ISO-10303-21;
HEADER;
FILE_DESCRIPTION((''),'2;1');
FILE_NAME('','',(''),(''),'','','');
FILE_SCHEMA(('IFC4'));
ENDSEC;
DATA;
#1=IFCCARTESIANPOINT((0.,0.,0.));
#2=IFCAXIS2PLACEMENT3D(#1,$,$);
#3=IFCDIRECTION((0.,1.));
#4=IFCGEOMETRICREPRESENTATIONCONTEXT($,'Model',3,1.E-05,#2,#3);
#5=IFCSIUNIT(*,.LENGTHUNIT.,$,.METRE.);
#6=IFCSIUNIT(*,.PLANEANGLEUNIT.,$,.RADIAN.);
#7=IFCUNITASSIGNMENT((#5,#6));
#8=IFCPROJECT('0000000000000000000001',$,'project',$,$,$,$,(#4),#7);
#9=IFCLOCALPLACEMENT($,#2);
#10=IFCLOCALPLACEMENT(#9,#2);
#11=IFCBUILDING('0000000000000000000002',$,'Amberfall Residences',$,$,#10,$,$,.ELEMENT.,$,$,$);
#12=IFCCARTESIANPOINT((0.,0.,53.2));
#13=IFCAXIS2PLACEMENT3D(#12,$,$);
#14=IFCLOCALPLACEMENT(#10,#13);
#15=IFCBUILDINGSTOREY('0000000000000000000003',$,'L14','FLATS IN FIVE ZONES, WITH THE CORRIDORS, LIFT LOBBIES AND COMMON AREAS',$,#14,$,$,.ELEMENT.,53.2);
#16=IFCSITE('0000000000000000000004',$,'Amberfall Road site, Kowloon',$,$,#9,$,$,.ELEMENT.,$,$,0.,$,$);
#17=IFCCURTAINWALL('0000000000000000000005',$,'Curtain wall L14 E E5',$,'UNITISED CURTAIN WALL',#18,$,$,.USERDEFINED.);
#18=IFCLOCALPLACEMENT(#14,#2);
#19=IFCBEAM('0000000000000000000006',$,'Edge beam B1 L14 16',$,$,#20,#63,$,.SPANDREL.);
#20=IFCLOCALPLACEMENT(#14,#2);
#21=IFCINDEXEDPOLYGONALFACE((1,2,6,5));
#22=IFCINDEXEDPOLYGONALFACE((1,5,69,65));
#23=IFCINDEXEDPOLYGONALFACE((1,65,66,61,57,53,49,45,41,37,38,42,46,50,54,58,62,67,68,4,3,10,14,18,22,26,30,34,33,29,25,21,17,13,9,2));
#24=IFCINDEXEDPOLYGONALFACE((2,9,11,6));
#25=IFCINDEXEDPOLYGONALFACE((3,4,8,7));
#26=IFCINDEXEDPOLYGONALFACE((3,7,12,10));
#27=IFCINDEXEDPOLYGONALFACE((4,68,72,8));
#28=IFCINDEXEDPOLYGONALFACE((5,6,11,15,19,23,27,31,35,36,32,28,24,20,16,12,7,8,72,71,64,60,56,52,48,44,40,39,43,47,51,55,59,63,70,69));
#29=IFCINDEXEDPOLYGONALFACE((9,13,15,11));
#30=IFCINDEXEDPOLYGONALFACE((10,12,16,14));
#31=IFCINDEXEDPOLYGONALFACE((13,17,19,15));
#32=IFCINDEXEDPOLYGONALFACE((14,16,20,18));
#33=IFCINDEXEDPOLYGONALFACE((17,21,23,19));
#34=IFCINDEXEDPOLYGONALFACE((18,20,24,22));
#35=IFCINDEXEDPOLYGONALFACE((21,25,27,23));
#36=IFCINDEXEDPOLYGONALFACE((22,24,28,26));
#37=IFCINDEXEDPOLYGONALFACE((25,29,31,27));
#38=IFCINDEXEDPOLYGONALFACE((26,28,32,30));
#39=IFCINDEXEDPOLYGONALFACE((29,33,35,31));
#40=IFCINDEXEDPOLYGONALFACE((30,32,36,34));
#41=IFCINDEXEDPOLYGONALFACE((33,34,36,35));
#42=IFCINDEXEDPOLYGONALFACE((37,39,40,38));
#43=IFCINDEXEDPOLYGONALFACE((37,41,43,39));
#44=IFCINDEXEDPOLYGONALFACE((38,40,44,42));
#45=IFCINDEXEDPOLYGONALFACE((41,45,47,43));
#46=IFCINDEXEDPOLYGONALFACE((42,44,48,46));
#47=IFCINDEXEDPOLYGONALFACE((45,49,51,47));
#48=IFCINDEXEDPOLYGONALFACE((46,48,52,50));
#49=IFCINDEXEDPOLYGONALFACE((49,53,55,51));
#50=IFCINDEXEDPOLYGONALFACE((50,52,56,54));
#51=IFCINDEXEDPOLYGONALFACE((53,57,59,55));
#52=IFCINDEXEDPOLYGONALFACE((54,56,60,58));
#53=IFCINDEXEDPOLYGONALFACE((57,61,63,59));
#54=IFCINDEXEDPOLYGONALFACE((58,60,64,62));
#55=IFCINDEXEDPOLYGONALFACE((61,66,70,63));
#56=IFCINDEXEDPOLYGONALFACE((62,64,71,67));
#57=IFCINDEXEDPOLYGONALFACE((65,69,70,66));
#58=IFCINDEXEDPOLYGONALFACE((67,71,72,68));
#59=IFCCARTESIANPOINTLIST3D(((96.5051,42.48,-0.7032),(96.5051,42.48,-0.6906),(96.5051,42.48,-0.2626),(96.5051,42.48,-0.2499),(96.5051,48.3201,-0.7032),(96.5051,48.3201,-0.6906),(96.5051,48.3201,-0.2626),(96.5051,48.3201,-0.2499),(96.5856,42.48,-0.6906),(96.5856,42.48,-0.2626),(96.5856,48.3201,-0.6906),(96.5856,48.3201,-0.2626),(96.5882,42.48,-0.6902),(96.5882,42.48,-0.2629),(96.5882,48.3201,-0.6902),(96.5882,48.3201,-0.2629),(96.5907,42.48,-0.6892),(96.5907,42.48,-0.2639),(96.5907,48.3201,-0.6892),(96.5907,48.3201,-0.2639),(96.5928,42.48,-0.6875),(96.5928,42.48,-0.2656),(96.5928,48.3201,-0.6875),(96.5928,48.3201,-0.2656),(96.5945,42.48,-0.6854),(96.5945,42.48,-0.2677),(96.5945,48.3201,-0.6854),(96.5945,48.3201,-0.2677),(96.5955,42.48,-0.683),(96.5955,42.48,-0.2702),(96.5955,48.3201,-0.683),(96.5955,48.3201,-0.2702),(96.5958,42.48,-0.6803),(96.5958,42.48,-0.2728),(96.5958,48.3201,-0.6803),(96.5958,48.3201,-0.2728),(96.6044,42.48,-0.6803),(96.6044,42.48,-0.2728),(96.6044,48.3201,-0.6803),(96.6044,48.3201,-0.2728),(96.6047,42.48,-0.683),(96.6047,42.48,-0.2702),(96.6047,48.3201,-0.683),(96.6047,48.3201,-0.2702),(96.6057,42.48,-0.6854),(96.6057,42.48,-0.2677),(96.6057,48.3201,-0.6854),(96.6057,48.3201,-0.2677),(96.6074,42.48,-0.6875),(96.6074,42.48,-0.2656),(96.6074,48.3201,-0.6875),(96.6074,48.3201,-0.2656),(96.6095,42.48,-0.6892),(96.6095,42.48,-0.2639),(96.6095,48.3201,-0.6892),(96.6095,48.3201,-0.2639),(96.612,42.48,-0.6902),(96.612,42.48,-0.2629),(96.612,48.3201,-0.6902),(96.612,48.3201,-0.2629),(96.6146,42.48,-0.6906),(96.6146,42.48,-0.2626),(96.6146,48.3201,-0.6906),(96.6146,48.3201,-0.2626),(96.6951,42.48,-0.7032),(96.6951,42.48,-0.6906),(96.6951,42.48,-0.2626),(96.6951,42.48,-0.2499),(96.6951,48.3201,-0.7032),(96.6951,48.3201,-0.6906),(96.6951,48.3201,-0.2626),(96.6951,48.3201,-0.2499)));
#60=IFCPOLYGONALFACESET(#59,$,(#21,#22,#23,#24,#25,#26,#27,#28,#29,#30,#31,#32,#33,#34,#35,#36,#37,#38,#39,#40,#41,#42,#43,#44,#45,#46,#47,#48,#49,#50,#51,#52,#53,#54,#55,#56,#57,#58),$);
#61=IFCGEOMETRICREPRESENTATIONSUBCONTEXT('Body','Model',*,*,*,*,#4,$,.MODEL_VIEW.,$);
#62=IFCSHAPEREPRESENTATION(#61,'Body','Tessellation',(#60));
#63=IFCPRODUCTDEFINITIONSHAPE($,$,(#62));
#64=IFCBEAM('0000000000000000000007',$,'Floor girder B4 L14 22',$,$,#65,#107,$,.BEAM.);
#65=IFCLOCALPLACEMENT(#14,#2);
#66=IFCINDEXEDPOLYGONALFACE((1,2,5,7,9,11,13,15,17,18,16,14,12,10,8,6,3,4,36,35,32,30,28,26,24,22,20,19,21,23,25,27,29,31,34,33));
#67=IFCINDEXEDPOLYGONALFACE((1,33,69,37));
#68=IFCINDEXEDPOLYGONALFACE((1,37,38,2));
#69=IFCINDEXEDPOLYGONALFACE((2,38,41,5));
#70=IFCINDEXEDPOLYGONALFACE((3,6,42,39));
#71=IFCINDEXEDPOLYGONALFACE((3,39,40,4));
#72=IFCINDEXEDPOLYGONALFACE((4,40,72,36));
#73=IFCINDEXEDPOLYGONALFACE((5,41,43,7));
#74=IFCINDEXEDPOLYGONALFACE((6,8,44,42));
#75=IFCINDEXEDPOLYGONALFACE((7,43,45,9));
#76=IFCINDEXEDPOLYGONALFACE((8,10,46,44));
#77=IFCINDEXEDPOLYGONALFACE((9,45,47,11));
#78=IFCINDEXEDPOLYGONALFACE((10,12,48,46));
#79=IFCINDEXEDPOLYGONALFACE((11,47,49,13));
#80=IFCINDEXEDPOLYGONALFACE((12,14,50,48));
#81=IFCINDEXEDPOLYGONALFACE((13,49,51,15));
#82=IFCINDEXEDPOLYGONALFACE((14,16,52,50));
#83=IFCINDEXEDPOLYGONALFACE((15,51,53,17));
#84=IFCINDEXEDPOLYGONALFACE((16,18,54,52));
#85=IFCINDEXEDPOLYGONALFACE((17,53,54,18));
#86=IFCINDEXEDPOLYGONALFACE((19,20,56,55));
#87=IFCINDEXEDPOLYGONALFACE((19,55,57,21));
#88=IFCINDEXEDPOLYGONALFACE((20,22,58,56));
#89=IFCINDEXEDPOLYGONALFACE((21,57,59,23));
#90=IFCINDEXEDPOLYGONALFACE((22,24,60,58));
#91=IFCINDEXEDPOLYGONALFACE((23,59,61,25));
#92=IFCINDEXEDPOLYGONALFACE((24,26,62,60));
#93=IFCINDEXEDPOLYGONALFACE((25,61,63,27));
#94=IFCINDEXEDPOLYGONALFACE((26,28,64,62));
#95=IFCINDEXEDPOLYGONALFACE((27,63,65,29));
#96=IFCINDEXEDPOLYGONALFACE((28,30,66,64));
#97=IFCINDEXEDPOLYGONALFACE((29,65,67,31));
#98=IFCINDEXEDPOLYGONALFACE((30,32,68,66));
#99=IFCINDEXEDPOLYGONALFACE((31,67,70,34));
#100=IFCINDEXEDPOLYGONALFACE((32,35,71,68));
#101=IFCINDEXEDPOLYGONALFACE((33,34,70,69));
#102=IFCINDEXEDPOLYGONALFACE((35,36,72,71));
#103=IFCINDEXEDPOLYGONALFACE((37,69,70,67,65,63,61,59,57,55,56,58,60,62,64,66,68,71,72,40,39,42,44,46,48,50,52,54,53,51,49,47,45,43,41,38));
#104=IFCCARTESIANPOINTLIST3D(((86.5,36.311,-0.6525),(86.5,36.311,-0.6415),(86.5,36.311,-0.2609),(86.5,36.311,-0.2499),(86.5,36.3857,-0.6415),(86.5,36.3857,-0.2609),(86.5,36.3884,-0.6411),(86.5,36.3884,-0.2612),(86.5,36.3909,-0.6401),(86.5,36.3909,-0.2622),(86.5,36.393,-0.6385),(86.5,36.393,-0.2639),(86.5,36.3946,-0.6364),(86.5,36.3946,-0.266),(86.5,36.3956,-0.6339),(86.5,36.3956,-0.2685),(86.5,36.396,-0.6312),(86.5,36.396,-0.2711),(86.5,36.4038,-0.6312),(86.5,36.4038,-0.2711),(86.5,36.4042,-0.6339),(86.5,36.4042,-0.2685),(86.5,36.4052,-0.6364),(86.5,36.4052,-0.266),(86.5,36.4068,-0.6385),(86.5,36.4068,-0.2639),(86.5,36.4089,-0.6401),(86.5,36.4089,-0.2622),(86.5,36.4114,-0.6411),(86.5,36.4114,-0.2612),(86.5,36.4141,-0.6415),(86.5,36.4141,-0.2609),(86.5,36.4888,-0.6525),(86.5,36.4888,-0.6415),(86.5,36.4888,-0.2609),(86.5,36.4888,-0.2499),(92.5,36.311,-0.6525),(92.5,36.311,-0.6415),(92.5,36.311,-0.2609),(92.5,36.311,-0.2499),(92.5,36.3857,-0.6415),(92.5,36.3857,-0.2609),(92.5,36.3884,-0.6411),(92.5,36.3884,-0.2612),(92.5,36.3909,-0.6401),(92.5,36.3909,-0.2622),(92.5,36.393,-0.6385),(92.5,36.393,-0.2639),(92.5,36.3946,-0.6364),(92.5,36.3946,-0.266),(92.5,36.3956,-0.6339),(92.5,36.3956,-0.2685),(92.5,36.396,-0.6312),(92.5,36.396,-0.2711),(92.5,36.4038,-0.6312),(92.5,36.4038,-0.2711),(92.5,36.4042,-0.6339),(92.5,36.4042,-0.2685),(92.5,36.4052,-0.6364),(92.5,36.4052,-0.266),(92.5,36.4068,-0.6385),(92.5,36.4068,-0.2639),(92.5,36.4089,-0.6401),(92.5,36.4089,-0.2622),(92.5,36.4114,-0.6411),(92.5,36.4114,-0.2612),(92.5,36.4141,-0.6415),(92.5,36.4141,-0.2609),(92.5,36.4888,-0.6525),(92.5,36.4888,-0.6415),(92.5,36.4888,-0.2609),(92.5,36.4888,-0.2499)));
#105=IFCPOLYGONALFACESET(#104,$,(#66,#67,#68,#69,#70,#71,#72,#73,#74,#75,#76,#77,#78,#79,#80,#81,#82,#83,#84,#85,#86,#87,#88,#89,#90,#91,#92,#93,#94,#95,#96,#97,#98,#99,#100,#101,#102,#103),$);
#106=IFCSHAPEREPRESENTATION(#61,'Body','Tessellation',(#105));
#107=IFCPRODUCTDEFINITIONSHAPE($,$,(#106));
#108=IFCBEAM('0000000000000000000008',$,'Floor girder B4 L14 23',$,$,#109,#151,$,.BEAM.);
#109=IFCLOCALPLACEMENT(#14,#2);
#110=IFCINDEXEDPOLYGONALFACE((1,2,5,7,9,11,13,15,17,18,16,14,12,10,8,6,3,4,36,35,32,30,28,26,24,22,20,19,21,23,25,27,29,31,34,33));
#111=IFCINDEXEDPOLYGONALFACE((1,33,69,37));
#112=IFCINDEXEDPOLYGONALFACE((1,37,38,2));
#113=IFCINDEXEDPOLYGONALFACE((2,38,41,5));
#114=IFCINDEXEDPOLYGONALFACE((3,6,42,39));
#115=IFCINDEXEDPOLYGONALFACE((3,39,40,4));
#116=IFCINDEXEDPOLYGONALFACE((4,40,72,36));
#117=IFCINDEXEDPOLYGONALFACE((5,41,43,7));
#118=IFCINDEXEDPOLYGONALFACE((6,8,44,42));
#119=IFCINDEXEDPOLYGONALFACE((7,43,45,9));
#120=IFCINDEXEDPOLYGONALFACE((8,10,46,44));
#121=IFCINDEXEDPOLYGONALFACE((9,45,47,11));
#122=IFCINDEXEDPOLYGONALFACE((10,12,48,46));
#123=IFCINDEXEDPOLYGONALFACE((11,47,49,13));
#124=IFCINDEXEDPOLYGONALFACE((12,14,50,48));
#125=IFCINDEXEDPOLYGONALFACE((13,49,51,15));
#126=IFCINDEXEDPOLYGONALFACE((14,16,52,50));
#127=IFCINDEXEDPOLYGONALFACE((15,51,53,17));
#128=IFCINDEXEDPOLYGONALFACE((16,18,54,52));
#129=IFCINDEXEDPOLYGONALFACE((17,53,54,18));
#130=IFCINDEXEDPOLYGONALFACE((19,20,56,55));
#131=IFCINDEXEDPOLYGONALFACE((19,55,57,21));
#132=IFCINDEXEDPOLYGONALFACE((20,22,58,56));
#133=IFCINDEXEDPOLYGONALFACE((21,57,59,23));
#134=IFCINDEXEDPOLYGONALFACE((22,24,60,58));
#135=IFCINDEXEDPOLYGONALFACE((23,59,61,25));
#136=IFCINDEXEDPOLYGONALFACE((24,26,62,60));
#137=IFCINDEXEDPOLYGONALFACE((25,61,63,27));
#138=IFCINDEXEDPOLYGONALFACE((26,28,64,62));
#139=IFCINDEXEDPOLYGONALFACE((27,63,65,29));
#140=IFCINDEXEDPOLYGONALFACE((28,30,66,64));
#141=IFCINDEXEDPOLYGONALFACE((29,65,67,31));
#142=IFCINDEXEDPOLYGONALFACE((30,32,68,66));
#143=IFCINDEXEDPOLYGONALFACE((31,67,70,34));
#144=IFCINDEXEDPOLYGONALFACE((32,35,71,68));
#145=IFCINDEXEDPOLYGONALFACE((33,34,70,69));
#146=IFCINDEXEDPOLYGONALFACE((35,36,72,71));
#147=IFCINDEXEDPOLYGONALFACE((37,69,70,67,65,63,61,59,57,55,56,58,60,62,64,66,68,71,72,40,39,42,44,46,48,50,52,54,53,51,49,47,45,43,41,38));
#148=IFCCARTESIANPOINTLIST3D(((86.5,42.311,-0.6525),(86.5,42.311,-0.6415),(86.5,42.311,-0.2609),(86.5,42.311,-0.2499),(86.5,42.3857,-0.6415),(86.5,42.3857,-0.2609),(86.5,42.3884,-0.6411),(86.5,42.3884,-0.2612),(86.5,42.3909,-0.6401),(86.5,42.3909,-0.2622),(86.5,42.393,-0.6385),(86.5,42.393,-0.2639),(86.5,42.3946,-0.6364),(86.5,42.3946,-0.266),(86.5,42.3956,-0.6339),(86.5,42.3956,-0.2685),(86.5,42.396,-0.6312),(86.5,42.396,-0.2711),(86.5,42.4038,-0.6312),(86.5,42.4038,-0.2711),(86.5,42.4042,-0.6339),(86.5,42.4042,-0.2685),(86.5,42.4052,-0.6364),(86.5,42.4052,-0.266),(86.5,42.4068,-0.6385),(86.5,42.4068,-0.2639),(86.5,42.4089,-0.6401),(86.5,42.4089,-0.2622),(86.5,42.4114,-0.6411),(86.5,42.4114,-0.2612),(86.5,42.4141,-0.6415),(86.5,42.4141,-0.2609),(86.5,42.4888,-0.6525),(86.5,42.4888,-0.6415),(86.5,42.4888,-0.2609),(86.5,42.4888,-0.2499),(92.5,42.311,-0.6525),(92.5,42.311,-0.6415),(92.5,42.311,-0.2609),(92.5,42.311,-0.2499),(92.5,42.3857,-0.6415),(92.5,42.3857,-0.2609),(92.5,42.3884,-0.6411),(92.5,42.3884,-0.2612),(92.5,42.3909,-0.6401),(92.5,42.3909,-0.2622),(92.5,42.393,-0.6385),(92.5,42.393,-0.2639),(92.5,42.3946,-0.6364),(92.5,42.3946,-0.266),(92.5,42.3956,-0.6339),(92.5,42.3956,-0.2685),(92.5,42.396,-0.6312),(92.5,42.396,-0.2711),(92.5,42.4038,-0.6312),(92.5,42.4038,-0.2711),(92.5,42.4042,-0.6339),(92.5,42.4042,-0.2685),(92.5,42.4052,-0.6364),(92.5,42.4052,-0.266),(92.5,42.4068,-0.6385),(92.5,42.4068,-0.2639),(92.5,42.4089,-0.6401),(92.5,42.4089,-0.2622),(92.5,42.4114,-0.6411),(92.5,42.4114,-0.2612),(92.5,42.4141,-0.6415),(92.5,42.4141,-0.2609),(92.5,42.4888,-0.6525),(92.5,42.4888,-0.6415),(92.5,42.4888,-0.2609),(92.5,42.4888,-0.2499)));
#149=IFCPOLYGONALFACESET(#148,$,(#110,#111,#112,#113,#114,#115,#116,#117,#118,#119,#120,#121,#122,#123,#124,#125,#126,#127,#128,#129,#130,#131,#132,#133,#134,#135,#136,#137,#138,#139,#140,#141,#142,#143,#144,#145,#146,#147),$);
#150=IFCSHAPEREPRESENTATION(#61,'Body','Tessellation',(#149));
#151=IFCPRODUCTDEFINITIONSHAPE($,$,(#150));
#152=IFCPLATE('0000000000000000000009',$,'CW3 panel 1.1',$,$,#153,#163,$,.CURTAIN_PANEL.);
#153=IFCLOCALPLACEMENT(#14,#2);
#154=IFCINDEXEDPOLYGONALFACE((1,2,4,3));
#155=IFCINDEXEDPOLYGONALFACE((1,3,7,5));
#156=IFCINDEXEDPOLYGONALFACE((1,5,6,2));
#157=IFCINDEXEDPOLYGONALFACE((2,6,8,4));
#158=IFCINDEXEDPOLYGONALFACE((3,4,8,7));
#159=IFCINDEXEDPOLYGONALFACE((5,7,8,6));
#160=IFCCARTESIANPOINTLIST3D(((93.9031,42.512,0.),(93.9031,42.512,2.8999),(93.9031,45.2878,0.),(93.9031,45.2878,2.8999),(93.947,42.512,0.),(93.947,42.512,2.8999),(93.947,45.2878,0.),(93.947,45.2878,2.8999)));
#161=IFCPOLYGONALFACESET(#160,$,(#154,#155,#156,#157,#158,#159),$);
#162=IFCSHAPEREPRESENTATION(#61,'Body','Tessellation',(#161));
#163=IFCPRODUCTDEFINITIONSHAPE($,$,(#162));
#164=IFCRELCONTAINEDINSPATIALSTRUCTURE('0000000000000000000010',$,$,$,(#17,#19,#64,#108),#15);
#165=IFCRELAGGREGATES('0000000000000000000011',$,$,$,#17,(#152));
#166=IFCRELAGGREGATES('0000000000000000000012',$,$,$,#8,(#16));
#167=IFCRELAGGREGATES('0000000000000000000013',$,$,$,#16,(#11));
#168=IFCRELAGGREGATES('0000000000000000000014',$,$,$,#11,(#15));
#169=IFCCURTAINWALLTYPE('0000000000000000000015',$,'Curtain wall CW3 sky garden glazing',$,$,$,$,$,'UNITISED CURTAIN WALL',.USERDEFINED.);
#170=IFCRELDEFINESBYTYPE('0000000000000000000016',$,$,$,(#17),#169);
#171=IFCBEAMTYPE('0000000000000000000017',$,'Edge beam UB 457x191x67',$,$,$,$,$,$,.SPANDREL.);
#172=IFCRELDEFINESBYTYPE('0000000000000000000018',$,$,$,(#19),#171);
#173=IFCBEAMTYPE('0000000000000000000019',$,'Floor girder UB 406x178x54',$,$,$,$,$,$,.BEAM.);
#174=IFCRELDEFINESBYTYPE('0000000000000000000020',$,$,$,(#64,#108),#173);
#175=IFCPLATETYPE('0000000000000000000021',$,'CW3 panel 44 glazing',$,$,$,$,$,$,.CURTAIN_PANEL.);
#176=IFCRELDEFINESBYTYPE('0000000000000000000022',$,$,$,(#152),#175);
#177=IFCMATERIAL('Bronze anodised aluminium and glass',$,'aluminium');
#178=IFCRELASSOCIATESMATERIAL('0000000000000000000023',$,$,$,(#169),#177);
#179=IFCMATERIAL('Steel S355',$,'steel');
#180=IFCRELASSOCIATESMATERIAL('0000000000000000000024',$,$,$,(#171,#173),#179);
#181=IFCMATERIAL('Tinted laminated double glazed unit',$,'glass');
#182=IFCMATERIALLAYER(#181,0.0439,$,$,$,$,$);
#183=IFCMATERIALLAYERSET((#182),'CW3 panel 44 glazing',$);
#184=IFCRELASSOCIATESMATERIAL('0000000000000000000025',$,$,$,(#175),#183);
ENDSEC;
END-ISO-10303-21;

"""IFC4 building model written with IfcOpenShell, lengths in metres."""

from ifc_helpers import new_model, si_unit, direction, frame, origin, origin_2d, place, context, subcontext, project, spatial, rectangle, i_section, extrude, material, layer, layer_set, material_profile, profile_set, type_object, element, aggregate, save


model = new_model("IFC4")

# Units and contexts
model_context = context("Model", 3, precision=1e-05, world=origin(), true_north=direction((0.0, 1.0)))
body_context = subcontext(model_context, "Body", "Model", "MODEL_VIEW")
ifc_project = project(units=[si_unit("LENGTHUNIT", "METRE"), si_unit("PLANEANGLEUNIT", "RADIAN")], contexts=[model_context])

# Site, building, storey
site_placement = place(None, origin())
site = spatial("IfcSite", under=ifc_project, at=site_placement, Name="Amberfall Road site, Kowloon", CompositionType="ELEMENT", RefElevation=0.0)
building_placement = place(site_placement, origin())
building = spatial("IfcBuilding", under=site, at=building_placement, Name="Amberfall Residences", CompositionType="ELEMENT")
storey_placement = place(building_placement, frame((0.0, 0.0, 53.2)))
storey = spatial("IfcBuildingStorey", under=building, at=storey_placement, Name="L14", Description="FLATS IN FIVE ZONES, WITH THE CORRIDORS, LIFT LOBBIES AND COMMON AREAS", CompositionType="ELEMENT", Elevation=53.2)

# Curtain wall
ifc_material_1 = material(Name="Bronze anodised aluminium and glass", Category="aluminium")
curtain_wall_type = type_object("IfcCurtainWallType", Name="Curtain wall CW3 sky garden glazing", ElementType="UNITISED CURTAIN WALL", PredefinedType="USERDEFINED", material=ifc_material_1)
curtain_wall_placement = place(storey_placement, origin())
curtain_wall = element("IfcCurtainWall", 1, at=curtain_wall_placement, inside=storey, type_object=curtain_wall_type, Name="Curtain wall L14 E E5", ObjectType="UNITISED CURTAIN WALL", PredefinedType="USERDEFINED")

# Beams
ifc_material_2 = material(Name="Steel S355", Category="steel")
ifc_material_profile_1 = material_profile(ifc_material_2, i_section(OverallWidth=0.1899, OverallDepth=0.4534, WebThickness=0.0085, FlangeThickness=0.0127, FilletRadius=0.0103, at=origin_2d()), Name="UB 457x191x67")
ifc_profile_set_1 = profile_set([ifc_material_profile_1], Name="Steel S355")
beam_type_1 = type_object("IfcBeamType", Name="Edge beam UB 457x191x67", PredefinedType="SPANDREL", material=ifc_profile_set_1)
beam_1_placement = place(storey_placement, frame((96.6001, 42.48, -0.4766), z_axis=(0.0, 1.0, 0.0), x_axis=(-1.0, 0.0, 0.0)))
element("IfcBeam", 2, at=beam_1_placement, inside=storey, type_object=beam_type_1, Name="Edge beam B1 L14 16", PredefinedType="SPANDREL", context=body_context, shape_type="SweptSolid", body=[
    extrude(i_section(OverallWidth=0.1899, OverallDepth=0.4534, WebThickness=0.0085, FlangeThickness=0.0127, FilletRadius=0.0103, at=origin_2d()), origin(), (0.0, 0.0, 1.0), 5.8401),
])
ifc_material_profile_2 = material_profile(ifc_material_2, i_section(OverallWidth=0.1777, OverallDepth=0.4026, WebThickness=0.0078, FlangeThickness=0.011, FilletRadius=0.0103, at=origin_2d()), Name="UB 406x178x54")
ifc_profile_set_2 = profile_set([ifc_material_profile_2], Name="Steel S355")
beam_type_2 = type_object("IfcBeamType", Name="Floor girder UB 406x178x54", PredefinedType="BEAM", material=ifc_profile_set_2)
for number, where, z_axis, x_axis, name in (
    (3, (92.5, 36.3999, -0.4512), (-1.0, 0.0, 0.0), (0.0, -1.0, 0.0), "Floor girder B4 L14 22"),
    (4, (92.5, 42.3999, -0.4512), (-1.0, 0.0, 0.0), (0.0, -1.0, 0.0), "Floor girder B4 L14 23"),
):
    element("IfcBeam", number, at=place(storey_placement, frame(where, z_axis=z_axis, x_axis=x_axis)), inside=storey, type_object=beam_type_2, Name=name, PredefinedType="BEAM", context=body_context, shape_type="SweptSolid", body=[
        extrude(i_section(OverallWidth=0.1777, OverallDepth=0.4026, WebThickness=0.0078, FlangeThickness=0.011, FilletRadius=0.0103, at=origin_2d()), origin(), (0.0, 0.0, 1.0), 6.0),
    ])

# Plate
ifc_material_3 = material(Name="Tinted laminated double glazed unit", Category="glass")
ifc_layer_1 = layer(ifc_material_3, 0.0439)
ifc_layer_set_1 = layer_set([ifc_layer_1], Name="CW3 panel 44 glazing")
plate_type = type_object("IfcPlateType", Name="CW3 panel 44 glazing", PredefinedType="CURTAIN_PANEL", material=ifc_layer_set_1)
plate_placement = place(storey_placement, frame((93.925, 43.8999, 0.0), z_axis=(0.0, 0.0, 1.0), x_axis=(0.0, 1.0, 0.0)))
plate = element("IfcPlate", 5, at=plate_placement, type_object=plate_type, Name="CW3 panel 1.1", PredefinedType="CURTAIN_PANEL", context=body_context, shape_type="SweptSolid", body=[
    extrude(rectangle(XDim=2.7759, YDim=0.0439, at=origin_2d()), origin(), (0.0, 0.0, 1.0), 2.8999),
])
aggregate(curtain_wall, [plate])

save(model, "model.ifc")
